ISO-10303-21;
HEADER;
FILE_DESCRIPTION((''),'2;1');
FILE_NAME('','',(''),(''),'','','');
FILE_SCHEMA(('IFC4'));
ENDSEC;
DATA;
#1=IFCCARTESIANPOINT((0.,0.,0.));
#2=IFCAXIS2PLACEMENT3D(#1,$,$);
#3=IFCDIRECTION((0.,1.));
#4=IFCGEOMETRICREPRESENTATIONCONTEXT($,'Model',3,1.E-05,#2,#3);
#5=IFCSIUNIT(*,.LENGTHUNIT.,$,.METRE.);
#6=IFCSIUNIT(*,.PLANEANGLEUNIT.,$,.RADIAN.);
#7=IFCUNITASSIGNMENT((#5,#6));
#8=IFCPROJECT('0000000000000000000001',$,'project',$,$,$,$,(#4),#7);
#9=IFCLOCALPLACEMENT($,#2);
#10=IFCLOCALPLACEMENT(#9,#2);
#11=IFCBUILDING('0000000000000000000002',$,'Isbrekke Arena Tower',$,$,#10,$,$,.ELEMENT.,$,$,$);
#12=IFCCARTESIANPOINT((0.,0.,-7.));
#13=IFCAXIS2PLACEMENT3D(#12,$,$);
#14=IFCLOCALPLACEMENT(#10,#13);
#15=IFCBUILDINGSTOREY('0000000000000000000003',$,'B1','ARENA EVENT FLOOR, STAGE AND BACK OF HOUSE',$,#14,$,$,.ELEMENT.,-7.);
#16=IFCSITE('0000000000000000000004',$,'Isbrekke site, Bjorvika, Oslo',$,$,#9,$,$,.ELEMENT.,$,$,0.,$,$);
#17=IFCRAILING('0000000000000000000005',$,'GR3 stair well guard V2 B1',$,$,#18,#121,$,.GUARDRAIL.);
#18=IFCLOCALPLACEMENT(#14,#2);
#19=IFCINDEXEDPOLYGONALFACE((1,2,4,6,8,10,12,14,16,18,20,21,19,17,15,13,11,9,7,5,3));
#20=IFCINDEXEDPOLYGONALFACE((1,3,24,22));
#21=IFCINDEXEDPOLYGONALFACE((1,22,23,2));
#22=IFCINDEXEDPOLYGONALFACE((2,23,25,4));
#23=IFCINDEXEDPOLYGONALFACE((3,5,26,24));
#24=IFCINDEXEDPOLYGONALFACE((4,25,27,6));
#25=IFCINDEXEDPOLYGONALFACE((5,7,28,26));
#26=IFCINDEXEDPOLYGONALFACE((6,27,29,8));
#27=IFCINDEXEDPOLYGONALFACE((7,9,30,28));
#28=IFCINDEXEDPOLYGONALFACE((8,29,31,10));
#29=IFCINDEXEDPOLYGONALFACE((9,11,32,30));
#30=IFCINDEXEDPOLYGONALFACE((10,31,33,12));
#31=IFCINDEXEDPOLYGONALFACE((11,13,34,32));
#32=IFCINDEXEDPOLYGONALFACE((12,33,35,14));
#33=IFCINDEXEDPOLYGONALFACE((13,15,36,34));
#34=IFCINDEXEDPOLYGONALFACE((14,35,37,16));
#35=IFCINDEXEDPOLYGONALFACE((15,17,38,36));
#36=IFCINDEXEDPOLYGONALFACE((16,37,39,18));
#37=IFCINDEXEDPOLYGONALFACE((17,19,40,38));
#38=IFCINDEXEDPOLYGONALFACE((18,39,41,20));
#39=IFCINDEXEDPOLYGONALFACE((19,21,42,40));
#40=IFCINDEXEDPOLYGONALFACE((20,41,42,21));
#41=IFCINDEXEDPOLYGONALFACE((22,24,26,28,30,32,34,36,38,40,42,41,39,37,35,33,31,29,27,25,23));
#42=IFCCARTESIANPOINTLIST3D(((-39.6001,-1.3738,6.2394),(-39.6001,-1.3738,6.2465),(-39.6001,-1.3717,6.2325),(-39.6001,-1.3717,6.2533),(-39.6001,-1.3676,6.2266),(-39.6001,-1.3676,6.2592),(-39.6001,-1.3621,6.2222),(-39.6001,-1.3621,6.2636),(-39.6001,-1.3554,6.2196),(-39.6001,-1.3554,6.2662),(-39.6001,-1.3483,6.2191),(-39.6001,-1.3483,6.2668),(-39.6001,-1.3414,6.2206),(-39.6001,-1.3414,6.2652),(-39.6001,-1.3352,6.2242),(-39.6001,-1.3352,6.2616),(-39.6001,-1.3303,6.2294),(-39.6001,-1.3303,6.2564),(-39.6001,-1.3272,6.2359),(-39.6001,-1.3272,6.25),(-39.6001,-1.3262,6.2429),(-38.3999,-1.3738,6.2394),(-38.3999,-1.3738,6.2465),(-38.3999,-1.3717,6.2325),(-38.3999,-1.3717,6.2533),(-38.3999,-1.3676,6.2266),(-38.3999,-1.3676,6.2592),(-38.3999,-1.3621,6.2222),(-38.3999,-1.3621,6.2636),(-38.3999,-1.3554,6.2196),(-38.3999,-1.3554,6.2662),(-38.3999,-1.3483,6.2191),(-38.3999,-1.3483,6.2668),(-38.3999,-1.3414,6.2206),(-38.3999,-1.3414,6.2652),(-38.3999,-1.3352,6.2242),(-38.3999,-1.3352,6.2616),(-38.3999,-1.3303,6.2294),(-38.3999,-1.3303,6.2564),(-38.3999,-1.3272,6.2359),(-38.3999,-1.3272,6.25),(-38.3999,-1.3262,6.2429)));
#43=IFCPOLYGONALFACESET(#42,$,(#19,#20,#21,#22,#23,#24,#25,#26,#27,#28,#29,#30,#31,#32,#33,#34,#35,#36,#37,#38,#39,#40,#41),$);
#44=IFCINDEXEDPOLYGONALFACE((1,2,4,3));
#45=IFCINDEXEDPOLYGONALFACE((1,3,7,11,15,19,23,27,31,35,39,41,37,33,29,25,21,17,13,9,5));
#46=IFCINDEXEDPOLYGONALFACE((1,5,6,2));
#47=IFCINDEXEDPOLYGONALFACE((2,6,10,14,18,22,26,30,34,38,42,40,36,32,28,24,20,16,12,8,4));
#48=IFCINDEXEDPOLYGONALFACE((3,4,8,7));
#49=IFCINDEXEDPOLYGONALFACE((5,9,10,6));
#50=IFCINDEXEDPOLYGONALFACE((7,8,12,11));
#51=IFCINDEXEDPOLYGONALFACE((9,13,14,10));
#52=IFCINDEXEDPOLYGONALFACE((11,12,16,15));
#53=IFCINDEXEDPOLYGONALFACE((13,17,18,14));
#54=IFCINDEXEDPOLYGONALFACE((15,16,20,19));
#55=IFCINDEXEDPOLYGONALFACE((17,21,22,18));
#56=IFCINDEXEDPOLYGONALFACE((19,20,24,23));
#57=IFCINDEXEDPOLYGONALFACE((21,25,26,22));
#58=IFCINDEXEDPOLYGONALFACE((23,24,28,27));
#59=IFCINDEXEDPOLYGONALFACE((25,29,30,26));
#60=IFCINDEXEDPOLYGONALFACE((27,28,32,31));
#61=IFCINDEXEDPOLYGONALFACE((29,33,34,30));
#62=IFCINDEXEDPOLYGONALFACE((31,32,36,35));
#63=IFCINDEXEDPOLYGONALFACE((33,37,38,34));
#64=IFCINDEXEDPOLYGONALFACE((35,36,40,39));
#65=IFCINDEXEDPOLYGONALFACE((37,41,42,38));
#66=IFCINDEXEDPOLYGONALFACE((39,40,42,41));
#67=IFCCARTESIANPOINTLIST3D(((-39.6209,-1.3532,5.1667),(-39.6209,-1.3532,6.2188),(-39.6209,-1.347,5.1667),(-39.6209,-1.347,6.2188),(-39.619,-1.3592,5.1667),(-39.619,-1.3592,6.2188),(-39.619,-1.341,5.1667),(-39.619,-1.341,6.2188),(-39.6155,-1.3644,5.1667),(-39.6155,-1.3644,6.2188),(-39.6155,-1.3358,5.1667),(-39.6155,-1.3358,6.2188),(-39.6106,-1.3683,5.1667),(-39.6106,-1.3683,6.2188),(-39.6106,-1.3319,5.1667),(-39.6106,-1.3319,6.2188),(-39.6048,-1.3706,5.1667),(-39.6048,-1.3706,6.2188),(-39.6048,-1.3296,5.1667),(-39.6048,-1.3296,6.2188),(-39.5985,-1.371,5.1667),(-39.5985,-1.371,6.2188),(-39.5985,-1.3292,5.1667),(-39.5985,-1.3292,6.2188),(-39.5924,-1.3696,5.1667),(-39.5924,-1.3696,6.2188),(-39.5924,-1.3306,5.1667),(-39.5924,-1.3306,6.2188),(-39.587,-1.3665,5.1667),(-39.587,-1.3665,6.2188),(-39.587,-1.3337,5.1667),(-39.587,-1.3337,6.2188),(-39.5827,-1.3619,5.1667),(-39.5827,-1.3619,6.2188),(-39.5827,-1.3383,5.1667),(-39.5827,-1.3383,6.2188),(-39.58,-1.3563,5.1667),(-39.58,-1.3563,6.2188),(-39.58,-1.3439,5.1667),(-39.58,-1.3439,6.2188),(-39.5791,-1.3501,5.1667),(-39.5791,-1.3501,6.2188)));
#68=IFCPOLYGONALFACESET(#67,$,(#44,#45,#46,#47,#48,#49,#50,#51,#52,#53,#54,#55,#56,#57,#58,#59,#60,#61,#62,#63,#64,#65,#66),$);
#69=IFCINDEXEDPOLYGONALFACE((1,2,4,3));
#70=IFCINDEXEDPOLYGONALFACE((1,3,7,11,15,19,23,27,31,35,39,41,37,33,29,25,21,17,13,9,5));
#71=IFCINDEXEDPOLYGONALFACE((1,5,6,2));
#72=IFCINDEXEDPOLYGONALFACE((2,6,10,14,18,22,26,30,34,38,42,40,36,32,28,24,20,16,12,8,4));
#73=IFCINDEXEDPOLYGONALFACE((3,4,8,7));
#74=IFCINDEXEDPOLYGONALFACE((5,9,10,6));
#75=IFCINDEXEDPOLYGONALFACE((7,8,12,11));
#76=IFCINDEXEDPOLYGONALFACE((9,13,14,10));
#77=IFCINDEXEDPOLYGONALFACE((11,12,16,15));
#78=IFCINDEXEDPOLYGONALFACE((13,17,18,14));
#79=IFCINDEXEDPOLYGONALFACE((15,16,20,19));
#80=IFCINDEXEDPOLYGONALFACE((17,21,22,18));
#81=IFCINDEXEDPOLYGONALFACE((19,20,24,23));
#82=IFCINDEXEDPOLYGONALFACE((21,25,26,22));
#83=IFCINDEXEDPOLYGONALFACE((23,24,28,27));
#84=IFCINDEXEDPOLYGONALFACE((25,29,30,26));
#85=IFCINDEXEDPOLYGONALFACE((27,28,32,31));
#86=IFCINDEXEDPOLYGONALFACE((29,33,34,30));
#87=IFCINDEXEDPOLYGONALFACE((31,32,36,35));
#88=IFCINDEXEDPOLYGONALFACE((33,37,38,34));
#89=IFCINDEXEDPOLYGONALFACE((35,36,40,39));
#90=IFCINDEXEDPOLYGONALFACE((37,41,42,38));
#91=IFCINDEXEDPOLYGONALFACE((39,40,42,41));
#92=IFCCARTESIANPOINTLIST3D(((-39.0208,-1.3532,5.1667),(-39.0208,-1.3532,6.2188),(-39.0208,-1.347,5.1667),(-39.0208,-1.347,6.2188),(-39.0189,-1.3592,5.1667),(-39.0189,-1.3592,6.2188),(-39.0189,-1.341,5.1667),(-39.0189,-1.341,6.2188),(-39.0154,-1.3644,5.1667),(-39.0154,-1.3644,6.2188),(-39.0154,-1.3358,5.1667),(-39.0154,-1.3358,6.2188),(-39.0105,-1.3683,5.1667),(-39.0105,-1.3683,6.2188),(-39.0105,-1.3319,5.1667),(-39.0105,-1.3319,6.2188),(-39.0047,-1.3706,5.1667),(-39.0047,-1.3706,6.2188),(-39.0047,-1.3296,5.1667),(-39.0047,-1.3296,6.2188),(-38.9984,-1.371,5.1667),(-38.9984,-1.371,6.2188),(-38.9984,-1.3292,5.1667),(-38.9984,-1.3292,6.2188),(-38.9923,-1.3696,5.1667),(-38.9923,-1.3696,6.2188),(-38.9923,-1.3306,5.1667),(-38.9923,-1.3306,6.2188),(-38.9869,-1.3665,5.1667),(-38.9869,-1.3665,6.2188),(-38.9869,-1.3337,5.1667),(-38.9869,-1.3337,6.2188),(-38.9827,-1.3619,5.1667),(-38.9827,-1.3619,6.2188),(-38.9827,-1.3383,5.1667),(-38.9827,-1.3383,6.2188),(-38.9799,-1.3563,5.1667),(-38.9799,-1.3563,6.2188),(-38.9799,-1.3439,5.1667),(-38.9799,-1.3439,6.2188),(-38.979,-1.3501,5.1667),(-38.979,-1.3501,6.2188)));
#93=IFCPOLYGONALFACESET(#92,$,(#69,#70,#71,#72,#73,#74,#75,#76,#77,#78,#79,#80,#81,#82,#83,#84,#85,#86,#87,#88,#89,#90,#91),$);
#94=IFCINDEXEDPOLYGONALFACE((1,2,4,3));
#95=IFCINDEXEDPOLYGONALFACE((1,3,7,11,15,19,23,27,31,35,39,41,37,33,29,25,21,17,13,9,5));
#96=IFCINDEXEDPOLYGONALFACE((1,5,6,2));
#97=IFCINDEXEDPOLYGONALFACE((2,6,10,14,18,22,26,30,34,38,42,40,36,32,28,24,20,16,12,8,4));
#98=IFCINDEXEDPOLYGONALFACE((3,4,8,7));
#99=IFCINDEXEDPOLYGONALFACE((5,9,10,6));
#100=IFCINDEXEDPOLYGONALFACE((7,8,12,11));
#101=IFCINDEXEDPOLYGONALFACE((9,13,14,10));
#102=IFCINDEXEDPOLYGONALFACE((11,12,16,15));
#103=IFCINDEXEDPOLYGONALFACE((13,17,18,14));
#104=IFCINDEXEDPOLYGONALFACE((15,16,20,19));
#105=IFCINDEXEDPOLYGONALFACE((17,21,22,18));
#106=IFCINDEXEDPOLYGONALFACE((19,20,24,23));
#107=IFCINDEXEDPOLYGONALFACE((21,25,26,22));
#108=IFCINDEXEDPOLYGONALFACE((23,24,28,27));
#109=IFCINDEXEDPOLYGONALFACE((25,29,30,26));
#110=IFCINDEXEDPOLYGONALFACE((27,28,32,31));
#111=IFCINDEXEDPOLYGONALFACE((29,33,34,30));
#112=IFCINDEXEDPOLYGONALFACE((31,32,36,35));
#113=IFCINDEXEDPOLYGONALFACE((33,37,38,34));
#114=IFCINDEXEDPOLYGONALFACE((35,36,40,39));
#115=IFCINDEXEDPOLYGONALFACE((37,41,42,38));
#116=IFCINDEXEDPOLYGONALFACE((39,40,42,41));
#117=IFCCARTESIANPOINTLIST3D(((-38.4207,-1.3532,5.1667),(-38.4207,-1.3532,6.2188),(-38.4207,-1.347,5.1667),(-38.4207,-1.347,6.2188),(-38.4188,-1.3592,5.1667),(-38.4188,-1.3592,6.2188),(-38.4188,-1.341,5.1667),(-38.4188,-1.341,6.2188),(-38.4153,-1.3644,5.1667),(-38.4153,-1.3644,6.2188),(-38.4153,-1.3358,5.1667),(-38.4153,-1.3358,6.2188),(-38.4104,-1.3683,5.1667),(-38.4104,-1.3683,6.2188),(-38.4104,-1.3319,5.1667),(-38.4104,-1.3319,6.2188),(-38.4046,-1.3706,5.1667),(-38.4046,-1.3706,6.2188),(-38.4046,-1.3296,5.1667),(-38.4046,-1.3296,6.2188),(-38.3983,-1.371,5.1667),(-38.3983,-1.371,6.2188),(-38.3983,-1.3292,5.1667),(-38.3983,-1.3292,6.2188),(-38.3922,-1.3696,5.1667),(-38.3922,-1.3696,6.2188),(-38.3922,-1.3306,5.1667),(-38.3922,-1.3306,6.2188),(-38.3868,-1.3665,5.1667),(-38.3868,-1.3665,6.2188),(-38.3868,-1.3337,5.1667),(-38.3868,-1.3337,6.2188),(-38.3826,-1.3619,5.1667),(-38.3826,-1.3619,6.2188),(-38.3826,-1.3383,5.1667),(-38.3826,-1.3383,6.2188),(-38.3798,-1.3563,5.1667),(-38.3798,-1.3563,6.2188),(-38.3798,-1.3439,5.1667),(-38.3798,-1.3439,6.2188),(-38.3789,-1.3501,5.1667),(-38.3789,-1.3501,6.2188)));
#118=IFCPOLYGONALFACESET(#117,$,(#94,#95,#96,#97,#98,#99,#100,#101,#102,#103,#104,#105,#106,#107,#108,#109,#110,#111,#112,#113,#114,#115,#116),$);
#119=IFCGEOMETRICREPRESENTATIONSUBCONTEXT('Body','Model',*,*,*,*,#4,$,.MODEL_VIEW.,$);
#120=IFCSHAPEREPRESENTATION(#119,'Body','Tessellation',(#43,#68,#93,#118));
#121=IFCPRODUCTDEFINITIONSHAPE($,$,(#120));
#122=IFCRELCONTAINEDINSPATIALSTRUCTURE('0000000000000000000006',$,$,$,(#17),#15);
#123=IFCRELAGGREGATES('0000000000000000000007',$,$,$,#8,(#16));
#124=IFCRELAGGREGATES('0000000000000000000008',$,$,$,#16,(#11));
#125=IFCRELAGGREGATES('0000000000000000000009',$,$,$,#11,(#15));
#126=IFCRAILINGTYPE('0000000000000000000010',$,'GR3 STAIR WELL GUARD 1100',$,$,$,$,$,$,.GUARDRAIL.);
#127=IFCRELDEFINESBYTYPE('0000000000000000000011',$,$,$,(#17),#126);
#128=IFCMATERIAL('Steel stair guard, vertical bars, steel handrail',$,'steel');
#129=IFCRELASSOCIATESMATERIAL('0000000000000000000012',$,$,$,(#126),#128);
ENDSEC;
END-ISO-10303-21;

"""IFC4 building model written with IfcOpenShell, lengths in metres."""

from ifc_helpers import new_model, si_unit, direction, frame, origin, origin_2d, place, context, subcontext, project, spatial, circle, extrude, material, type_object, element, save


model = new_model("IFC4")

# Units and contexts
model_context = context("Model", 3, precision=1e-05, world=origin(), true_north=direction((0.0, 1.0)))
body_context = subcontext(model_context, "Body", "Model", "MODEL_VIEW")
ifc_project = project(units=[si_unit("LENGTHUNIT", "METRE"), si_unit("PLANEANGLEUNIT", "RADIAN")], contexts=[model_context])

# Site, building, storey
site_placement = place(None, origin())
site = spatial("IfcSite", under=ifc_project, at=site_placement, Name="Isbrekke site, Bjorvika, Oslo", CompositionType="ELEMENT", RefElevation=0.0)
building_placement = place(site_placement, origin())
building = spatial("IfcBuilding", under=site, at=building_placement, Name="Isbrekke Arena Tower", CompositionType="ELEMENT")
storey_placement = place(building_placement, frame((0.0, 0.0, -7.0)))
storey = spatial("IfcBuildingStorey", under=building, at=storey_placement, Name="B1", Description="ARENA EVENT FLOOR, STAGE AND BACK OF HOUSE", CompositionType="ELEMENT", Elevation=-7.0)

# Railing
ifc_material_1 = material(Name="Steel stair guard, vertical bars, steel handrail", Category="steel")
railing_type = type_object("IfcRailingType", Name="GR3 STAIR WELL GUARD 1100", PredefinedType="GUARDRAIL", material=ifc_material_1)
for number, where, name in (
    (1, (-39.6001, -1.3501, 5.1667), "GR3 stair well guard V2 B1"),
):
    element("IfcRailing", number, at=place(storey_placement, frame(where)), inside=storey, type_object=railing_type, Name=name, PredefinedType="GUARDRAIL", context=body_context, shape_type="SweptSolid", body=[
        extrude(circle(Radius=0.0239, at=origin_2d()), frame((0.0, 0.0, 1.0762), z_axis=(1.0, 0.0, 0.0), x_axis=(0.0, 1.0, 0.0)), (0.0, 0.0, 1.0), 1.2002),
        extrude(circle(Radius=0.021, at=origin_2d()), origin(), (0.0, 0.0, 1.0), 1.052),
        extrude(circle(Radius=0.021, at=origin_2d()), frame((0.6001, 0.0, 0.0)), (0.0, 0.0, 1.0), 1.052),
        extrude(circle(Radius=0.021, at=origin_2d()), frame((1.2002, 0.0, 0.0)), (0.0, 0.0, 1.0), 1.052),
    ])

save(model, "model.ifc")
